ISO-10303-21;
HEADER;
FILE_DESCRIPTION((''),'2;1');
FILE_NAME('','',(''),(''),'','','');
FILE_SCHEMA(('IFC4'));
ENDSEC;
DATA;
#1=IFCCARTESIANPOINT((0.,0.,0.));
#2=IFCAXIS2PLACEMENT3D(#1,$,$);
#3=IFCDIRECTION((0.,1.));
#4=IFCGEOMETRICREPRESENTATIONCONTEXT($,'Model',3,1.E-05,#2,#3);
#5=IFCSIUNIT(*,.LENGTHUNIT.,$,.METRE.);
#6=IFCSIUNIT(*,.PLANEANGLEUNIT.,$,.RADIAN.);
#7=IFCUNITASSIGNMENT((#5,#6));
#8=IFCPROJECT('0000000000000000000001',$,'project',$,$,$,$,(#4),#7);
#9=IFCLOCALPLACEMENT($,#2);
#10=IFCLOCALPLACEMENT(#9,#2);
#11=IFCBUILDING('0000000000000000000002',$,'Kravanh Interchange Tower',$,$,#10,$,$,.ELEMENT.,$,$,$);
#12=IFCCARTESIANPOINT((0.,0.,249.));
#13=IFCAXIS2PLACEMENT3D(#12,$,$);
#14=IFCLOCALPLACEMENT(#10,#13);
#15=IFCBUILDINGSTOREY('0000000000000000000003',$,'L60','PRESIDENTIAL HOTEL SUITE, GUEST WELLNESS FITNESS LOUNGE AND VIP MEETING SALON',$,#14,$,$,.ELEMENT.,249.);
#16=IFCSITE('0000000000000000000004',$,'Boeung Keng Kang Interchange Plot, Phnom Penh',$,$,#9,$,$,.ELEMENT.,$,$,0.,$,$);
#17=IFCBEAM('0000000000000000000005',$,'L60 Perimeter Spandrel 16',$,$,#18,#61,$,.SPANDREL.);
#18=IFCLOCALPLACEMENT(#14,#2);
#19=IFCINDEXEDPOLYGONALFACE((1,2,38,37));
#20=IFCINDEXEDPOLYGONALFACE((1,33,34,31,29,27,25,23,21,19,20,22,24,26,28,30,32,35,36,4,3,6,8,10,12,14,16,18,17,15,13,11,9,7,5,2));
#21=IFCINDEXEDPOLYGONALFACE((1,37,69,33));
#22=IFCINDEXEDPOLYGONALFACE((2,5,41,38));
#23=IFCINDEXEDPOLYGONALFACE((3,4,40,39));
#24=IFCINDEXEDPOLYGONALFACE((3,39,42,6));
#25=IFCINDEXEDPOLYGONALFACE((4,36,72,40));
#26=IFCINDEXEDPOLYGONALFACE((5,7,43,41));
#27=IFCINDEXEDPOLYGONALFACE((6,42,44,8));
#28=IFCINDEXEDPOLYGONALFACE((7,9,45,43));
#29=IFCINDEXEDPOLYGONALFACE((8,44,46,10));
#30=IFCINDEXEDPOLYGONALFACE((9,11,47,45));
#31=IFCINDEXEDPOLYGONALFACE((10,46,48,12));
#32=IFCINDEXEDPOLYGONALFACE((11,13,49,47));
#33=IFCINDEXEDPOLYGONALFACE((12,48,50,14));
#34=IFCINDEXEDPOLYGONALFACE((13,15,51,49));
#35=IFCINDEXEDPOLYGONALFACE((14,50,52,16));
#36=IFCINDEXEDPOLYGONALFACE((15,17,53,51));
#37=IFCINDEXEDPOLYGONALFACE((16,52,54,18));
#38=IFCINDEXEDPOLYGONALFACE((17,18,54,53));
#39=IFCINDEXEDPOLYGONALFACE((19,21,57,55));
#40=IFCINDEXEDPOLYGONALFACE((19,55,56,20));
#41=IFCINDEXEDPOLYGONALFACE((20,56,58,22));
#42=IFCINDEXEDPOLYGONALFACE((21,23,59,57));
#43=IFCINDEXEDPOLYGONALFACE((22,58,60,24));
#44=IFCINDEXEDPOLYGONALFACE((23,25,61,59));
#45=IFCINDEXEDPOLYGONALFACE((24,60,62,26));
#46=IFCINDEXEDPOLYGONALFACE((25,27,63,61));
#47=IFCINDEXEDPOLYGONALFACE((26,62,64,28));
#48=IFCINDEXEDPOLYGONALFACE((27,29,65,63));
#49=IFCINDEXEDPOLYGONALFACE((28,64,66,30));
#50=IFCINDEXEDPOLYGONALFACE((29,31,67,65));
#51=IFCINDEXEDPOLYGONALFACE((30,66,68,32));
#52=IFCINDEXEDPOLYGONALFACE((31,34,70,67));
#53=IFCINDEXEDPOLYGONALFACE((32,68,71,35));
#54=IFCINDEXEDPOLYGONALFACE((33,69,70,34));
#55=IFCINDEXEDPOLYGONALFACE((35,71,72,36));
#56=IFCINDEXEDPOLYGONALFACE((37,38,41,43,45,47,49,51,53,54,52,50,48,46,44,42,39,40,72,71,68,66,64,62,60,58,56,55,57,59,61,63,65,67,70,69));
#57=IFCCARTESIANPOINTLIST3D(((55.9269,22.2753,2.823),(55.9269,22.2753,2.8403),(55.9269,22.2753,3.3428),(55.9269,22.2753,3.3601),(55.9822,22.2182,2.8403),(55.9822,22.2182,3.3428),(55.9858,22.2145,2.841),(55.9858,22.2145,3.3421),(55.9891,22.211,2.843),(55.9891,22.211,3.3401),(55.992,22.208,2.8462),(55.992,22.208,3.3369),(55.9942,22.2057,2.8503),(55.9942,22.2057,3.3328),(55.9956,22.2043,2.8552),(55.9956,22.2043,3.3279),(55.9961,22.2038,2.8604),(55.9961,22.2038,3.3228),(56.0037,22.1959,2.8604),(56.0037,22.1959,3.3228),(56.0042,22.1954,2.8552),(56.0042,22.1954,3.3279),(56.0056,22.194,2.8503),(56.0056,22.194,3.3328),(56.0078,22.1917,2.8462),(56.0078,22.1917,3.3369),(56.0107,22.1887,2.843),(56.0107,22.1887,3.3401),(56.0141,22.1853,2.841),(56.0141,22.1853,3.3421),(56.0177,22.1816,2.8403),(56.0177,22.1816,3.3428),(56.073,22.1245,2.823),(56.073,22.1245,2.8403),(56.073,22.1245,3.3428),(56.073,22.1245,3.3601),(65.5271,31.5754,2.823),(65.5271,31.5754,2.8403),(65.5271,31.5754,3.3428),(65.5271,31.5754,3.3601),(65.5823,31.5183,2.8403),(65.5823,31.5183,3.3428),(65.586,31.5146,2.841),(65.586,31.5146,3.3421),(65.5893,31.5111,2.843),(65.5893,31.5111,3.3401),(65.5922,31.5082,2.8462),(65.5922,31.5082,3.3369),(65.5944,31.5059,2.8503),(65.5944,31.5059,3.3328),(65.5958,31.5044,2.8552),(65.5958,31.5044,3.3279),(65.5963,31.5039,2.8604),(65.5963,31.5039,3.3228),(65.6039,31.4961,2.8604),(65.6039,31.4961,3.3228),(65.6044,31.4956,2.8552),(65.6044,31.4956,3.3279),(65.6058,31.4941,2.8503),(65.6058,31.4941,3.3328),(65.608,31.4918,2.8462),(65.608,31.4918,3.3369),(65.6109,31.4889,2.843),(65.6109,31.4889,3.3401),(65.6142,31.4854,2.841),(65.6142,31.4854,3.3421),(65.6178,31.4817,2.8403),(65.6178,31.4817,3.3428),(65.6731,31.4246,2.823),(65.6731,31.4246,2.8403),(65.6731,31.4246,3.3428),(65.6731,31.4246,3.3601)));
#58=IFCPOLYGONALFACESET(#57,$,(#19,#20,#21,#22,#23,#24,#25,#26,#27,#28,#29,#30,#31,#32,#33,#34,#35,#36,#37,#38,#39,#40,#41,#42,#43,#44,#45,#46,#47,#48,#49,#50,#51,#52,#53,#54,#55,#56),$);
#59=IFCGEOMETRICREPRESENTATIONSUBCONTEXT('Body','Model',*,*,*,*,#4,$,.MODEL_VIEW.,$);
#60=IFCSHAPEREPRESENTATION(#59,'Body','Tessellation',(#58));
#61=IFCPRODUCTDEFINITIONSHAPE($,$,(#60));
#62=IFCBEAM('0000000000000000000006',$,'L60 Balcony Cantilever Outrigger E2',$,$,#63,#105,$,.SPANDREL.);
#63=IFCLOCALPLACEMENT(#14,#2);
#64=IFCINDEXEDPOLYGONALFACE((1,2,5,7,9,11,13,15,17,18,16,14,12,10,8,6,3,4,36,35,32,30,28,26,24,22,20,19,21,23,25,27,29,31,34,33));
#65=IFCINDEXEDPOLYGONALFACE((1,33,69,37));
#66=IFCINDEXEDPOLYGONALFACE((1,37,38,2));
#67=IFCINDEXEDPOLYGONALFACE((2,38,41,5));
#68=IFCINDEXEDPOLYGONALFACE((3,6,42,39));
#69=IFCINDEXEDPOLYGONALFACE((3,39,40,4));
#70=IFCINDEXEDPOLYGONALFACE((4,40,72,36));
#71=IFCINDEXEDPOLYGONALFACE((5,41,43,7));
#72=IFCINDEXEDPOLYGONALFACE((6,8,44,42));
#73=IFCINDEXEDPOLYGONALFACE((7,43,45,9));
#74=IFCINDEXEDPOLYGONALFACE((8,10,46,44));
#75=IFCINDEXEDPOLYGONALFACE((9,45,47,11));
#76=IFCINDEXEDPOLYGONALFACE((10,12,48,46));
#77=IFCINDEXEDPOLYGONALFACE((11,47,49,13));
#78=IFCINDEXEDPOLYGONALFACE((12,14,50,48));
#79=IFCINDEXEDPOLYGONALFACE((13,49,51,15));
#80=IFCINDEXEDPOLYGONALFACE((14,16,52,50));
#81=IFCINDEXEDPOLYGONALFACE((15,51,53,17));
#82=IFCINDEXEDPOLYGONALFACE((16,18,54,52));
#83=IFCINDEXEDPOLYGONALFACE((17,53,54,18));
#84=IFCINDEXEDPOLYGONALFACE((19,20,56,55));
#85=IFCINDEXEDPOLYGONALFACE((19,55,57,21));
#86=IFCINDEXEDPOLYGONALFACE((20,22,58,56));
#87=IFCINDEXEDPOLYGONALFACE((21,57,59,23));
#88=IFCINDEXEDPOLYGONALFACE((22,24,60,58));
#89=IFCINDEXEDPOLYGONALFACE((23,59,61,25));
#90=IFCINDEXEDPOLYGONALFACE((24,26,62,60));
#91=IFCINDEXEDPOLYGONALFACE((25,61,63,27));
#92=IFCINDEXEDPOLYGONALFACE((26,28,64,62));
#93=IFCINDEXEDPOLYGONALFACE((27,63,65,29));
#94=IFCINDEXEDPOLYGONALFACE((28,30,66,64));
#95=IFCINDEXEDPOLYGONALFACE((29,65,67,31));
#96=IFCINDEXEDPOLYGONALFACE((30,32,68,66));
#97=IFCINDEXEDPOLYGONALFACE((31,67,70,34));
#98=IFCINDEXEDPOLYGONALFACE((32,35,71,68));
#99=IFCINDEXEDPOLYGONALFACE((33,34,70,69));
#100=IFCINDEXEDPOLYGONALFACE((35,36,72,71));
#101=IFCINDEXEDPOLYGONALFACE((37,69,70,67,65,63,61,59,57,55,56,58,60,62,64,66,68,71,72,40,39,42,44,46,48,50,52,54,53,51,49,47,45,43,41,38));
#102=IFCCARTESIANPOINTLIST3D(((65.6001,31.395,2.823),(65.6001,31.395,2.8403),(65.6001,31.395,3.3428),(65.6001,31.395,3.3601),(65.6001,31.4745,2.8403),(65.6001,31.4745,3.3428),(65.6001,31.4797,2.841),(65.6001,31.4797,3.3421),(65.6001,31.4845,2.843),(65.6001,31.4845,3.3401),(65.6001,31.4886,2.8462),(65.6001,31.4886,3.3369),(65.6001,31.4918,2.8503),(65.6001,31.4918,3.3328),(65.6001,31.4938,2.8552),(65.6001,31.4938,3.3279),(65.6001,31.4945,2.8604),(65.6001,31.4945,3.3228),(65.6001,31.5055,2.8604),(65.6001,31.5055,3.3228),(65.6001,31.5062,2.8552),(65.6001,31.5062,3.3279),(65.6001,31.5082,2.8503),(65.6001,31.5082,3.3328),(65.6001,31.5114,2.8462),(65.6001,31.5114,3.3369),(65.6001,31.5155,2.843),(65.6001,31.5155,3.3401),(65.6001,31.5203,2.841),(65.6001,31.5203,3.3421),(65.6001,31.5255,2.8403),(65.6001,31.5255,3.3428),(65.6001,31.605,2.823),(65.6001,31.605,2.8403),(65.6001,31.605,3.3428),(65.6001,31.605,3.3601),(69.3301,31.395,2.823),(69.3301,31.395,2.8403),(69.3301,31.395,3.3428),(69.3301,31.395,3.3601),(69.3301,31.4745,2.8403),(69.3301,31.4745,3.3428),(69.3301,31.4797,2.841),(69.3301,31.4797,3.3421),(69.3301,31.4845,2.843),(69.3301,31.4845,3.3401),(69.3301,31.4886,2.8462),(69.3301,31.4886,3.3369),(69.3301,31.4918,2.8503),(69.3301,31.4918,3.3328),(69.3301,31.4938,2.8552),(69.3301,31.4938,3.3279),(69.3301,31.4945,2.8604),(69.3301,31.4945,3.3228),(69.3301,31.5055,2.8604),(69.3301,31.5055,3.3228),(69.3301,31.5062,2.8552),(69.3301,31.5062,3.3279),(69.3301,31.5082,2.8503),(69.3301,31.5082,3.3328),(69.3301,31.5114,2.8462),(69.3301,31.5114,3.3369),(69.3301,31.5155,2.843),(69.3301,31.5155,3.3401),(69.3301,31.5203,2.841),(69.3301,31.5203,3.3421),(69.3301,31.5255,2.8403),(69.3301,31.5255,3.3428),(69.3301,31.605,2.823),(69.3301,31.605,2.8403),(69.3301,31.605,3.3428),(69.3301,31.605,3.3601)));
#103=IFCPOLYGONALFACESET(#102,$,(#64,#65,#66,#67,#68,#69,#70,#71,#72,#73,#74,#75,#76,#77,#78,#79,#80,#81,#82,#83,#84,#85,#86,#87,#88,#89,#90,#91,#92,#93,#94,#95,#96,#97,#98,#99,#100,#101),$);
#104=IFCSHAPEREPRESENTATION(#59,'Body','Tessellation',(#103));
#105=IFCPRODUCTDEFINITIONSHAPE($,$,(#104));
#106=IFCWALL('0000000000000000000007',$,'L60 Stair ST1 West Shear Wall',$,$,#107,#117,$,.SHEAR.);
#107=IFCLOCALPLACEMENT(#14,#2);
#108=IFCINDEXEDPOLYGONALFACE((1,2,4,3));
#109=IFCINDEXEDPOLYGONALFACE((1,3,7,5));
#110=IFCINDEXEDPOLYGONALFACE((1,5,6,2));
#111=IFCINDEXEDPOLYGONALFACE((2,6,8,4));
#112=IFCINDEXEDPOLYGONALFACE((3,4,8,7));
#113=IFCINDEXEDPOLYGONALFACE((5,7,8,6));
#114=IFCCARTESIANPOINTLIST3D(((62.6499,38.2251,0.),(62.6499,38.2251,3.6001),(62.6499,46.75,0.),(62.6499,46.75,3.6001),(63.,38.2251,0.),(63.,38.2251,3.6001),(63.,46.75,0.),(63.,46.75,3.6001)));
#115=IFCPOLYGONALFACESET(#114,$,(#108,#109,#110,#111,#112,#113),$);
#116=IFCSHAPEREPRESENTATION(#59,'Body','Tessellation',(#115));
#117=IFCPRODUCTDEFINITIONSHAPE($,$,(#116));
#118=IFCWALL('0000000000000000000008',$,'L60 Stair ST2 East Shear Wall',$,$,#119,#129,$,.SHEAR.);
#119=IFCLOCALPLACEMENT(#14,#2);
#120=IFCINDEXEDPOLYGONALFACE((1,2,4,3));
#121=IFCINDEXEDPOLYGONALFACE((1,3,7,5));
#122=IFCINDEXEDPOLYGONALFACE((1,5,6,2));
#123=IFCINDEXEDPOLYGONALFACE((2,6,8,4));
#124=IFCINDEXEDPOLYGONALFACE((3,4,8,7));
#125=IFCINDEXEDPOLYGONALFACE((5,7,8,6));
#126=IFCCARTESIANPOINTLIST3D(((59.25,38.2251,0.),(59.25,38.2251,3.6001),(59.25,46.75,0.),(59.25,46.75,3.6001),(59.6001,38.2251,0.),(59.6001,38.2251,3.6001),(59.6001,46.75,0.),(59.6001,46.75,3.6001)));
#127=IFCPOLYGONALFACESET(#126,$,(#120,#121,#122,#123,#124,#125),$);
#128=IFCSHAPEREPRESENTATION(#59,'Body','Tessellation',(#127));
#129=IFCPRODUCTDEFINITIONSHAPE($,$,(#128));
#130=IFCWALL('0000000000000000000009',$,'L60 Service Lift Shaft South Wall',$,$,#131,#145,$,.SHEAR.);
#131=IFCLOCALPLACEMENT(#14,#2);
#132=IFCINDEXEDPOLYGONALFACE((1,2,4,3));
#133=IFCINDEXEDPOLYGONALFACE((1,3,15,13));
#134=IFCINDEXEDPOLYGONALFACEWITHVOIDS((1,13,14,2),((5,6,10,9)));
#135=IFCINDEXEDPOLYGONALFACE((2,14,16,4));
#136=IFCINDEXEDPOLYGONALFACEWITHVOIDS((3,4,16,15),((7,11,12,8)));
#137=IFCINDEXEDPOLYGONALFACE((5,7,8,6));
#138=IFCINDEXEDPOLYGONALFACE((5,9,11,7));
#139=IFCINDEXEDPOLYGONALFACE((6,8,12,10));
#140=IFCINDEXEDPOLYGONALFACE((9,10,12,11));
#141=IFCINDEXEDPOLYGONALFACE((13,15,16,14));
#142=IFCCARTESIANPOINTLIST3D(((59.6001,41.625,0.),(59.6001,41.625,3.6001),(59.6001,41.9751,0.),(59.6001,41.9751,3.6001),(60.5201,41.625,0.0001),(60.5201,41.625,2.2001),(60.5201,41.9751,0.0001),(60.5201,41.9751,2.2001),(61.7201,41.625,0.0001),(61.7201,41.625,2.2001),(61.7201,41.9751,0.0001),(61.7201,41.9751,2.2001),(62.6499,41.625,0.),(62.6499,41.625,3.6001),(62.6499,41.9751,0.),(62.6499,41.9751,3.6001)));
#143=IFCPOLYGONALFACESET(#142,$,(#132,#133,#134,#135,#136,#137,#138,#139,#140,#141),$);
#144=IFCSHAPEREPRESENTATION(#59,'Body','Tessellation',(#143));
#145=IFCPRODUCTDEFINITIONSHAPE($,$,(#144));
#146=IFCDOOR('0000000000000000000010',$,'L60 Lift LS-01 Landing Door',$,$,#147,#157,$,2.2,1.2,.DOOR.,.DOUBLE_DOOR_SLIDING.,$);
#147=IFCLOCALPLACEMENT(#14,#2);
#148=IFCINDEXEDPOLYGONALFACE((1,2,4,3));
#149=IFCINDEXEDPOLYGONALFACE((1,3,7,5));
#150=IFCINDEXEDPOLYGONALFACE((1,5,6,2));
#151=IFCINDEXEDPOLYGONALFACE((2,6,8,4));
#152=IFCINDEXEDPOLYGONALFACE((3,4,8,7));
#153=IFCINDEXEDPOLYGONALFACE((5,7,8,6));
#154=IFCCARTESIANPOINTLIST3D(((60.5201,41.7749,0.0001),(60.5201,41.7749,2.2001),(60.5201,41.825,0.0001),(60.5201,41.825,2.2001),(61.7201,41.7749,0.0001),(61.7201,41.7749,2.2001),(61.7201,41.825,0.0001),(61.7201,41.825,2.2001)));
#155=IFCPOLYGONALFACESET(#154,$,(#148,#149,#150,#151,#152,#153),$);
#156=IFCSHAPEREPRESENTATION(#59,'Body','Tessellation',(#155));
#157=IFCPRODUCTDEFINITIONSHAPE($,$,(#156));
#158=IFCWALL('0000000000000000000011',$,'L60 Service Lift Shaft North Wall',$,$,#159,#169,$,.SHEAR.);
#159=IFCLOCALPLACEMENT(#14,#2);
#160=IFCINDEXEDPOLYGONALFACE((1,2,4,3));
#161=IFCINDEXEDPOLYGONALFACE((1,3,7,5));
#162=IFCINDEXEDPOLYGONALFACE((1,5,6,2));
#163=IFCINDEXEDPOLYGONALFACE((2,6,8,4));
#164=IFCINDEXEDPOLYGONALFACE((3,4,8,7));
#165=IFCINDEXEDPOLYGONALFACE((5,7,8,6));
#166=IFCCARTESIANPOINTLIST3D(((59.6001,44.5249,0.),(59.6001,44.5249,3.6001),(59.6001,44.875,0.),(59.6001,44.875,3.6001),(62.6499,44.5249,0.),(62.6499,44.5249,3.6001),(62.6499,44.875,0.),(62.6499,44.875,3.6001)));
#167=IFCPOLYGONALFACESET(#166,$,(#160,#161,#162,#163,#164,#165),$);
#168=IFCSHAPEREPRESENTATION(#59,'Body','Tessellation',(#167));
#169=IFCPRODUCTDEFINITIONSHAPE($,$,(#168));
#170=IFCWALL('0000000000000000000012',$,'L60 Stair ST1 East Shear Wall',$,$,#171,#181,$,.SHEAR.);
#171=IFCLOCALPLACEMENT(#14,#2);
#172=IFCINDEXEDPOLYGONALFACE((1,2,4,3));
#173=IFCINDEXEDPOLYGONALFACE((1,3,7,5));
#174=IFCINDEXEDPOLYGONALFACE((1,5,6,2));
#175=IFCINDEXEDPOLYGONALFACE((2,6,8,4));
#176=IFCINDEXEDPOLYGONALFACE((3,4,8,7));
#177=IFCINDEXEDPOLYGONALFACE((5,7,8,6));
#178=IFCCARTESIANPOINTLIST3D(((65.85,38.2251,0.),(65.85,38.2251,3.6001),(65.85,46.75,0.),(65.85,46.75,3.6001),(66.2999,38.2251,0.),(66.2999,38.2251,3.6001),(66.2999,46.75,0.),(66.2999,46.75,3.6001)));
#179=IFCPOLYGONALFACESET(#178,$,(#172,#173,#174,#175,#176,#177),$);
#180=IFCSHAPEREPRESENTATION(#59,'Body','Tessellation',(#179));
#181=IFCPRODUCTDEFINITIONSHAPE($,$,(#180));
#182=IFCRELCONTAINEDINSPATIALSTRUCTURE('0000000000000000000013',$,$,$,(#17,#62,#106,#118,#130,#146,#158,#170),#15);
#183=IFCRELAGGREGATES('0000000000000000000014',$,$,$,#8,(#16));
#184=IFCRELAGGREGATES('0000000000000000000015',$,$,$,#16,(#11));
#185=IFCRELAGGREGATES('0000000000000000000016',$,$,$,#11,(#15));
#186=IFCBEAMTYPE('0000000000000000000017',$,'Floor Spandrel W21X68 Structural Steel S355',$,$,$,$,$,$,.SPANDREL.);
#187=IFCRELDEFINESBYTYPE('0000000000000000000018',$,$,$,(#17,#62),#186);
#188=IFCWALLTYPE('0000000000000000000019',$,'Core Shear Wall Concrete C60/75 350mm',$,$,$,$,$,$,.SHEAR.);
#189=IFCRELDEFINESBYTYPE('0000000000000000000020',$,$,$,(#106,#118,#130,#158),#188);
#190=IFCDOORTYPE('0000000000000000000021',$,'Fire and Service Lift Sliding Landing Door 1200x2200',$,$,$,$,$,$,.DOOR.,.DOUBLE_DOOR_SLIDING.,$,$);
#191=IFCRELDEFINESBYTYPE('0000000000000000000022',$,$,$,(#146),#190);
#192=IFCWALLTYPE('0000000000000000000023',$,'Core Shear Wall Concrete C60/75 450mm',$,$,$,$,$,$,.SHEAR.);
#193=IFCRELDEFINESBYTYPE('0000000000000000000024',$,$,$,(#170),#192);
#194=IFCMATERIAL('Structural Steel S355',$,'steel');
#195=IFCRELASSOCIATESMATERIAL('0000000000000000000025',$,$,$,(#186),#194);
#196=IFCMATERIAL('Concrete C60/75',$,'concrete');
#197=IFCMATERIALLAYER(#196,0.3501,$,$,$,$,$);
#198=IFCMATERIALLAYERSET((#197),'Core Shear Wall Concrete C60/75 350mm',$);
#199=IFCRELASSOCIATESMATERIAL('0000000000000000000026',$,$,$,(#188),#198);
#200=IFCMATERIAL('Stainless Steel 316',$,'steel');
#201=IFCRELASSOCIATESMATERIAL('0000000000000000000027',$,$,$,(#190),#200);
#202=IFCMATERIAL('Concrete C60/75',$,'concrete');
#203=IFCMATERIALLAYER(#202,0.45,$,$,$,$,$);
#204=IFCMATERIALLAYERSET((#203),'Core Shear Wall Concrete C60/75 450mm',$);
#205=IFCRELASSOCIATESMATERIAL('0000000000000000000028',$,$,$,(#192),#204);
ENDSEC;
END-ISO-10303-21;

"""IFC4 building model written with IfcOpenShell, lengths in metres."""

from ifc_helpers import new_model, si_unit, direction, frame, frame_2d, origin, origin_2d, place, context, subcontext, project, spatial, rectangle, i_section, extrude, material, layer, layer_set, material_profile, profile_set, type_object, element, fill, save


model = new_model("IFC4")

# Units and contexts
model_context = context("Model", 3, precision=1e-05, world=origin(), true_north=direction((0.0, 1.0)))
body_context = subcontext(model_context, "Body", "Model", "MODEL_VIEW")
ifc_project = project(units=[si_unit("LENGTHUNIT", "METRE"), si_unit("PLANEANGLEUNIT", "RADIAN")], contexts=[model_context])

# Site, building, storey
site_placement = place(None, origin())
site = spatial("IfcSite", under=ifc_project, at=site_placement, Name="Boeung Keng Kang Interchange Plot, Phnom Penh", CompositionType="ELEMENT", RefElevation=0.0)
building_placement = place(site_placement, origin())
building = spatial("IfcBuilding", under=site, at=building_placement, Name="Kravanh Interchange Tower", CompositionType="ELEMENT")
storey_placement = place(building_placement, frame((0.0, 0.0, 249.0)))
storey = spatial("IfcBuildingStorey", under=building, at=storey_placement, Name="L60", Description="PRESIDENTIAL HOTEL SUITE, GUEST WELLNESS FITNESS LOUNGE AND VIP MEETING SALON", CompositionType="ELEMENT", Elevation=249.0)

# Beams
ifc_material_1 = material(Name="Structural Steel S355", Category="steel")
ifc_material_profile_1 = material_profile(ifc_material_1, i_section(OverallWidth=0.21, OverallDepth=0.5371, WebThickness=0.011, FlangeThickness=0.0173, FilletRadius=0.02, at=origin_2d()), Name="W21X68")
ifc_profile_set_1 = profile_set([ifc_material_profile_1], Name="Structural Steel S355")
beam_type_1 = type_object("IfcBeamType", Name="Floor Spandrel W21X68 Structural Steel S355", PredefinedType="SPANDREL", material=ifc_profile_set_1)
beam_1_placement = place(storey_placement, frame((65.6001, 31.5, 3.0916), z_axis=(-0.718242, -0.695793, 0.0), x_axis=(0.695793, -0.718242, 0.0)))
element("IfcBeam", 1, at=beam_1_placement, inside=storey, type_object=beam_type_1, Name="L60 Perimeter Spandrel 16", PredefinedType="SPANDREL", context=body_context, shape_type="SweptSolid", body=[
    extrude(i_section(OverallWidth=0.21, OverallDepth=0.5371, WebThickness=0.011, FlangeThickness=0.0173, FilletRadius=0.02, at=origin_2d()), origin(), (0.0, 0.0, 1.0), 13.3662),
])
beam_2_placement = place(storey_placement, frame((65.6001, 31.5, 3.0916), z_axis=(1.0, 0.0, 0.0), x_axis=(0.0, 1.0, 0.0)))
element("IfcBeam", 2, at=beam_2_placement, inside=storey, type_object=beam_type_1, Name="L60 Balcony Cantilever Outrigger E2", PredefinedType="SPANDREL", context=body_context, shape_type="SweptSolid", body=[
    extrude(i_section(OverallWidth=0.21, OverallDepth=0.5371, WebThickness=0.011, FlangeThickness=0.0173, FilletRadius=0.02, at=origin_2d()), origin(), (0.0, 0.0, 1.0), 3.73),
])

# Walls
ifc_material_2 = material(Name="Concrete C60/75", Category="concrete")
ifc_layer_1 = layer(ifc_material_2, 0.3501)
ifc_layer_set_1 = layer_set([ifc_layer_1], Name="Core Shear Wall Concrete C60/75 350mm")
wall_type_1 = type_object("IfcWallType", Name="Core Shear Wall Concrete C60/75 350mm", PredefinedType="SHEAR", material=ifc_layer_set_1)
for number, where, z_axis, x_axis, name in (
    (3, (62.825, 38.2251, 0.0), (0.0, 0.0, 1.0), (0.0, 1.0, 0.0), "L60 Stair ST1 West Shear Wall"),
    (4, (59.425, 38.2251, 0.0), (0.0, 0.0, 1.0), (0.0, 1.0, 0.0), "L60 Stair ST2 East Shear Wall"),
):
    element("IfcWall", number, at=place(storey_placement, frame(where, z_axis=z_axis, x_axis=x_axis)), inside=storey, type_object=wall_type_1, Name=name, PredefinedType="SHEAR", context=body_context, shape_type="SweptSolid", body=[
        extrude(rectangle(XDim=8.5249, YDim=0.3501, at=frame_2d((4.2625, 0.0))), origin(), (0.0, 0.0, 1.0), 3.6001),
    ])

# Wall, opening, door
wall_1_placement = place(storey_placement, frame((59.6001, 41.8, 0.0), z_axis=(0.0, 0.0, 1.0), x_axis=(1.0, 0.0, 0.0)))
wall_1 = element("IfcWall", 5, at=wall_1_placement, inside=storey, type_object=wall_type_1, Name="L60 Service Lift Shaft South Wall", PredefinedType="SHEAR", context=body_context, shape_type="SweptSolid", body=[
    extrude(rectangle(XDim=3.0498, YDim=0.3501, at=frame_2d((1.5249, 0.0))), origin(), (0.0, 0.0, 1.0), 3.6001),
])
opening_1_placement = place(wall_1_placement, frame((0.9199, 0.0, 0.0)))
opening_1 = element("IfcOpeningElement", 6, at=opening_1_placement, cuts=wall_1, PredefinedType="OPENING", context=body_context, shape_type="SweptSolid", body=[
    extrude(rectangle(XDim=1.2, YDim=2.2, at=frame_2d((0.6001, 1.1001))), frame((0.0, 0.1851, 0.0), z_axis=(0.0, -1.0, 0.0), x_axis=(1.0, 0.0, 0.0)), (0.0, 0.0, 1.0), 0.3701),
])
ifc_material_3 = material(Name="Stainless Steel 316", Category="steel")
door_type_1 = type_object("IfcDoorType", Name="Fire and Service Lift Sliding Landing Door 1200x2200", OperationType="DOUBLE_DOOR_SLIDING", PredefinedType="DOOR", material=ifc_material_3)
door_1_placement = place(opening_1_placement, origin())
door_1 = element("IfcDoor", 7, at=door_1_placement, inside=storey, type_object=door_type_1, Name="L60 Lift LS-01 Landing Door", OperationType="DOUBLE_DOOR_SLIDING", OverallHeight=2.2, OverallWidth=1.2, PredefinedType="DOOR", context=body_context, shape_type="SweptSolid", body=[
    extrude(rectangle(XDim=1.2, YDim=2.2, at=frame_2d((0.6001, 1.1001))), frame((0.0, 0.0249, 0.0), z_axis=(0.0, -1.0, 0.0), x_axis=(1.0, 0.0, 0.0)), (0.0, 0.0, 1.0), 0.05),
])
fill(opening_1, door_1)

# Walls
wall_2_placement = place(storey_placement, frame((59.6001, 44.7, 0.0), z_axis=(0.0, 0.0, 1.0), x_axis=(1.0, 0.0, 0.0)))
element("IfcWall", 8, at=wall_2_placement, inside=storey, type_object=wall_type_1, Name="L60 Service Lift Shaft North Wall", PredefinedType="SHEAR", context=body_context, shape_type="SweptSolid", body=[
    extrude(rectangle(XDim=3.0498, YDim=0.3501, at=frame_2d((1.5249, 0.0))), origin(), (0.0, 0.0, 1.0), 3.6001),
])
ifc_material_4 = material(Name="Concrete C60/75", Category="concrete")
ifc_layer_2 = layer(ifc_material_4, 0.45)
ifc_layer_set_2 = layer_set([ifc_layer_2], Name="Core Shear Wall Concrete C60/75 450mm")
wall_type_2 = type_object("IfcWallType", Name="Core Shear Wall Concrete C60/75 450mm", PredefinedType="SHEAR", material=ifc_layer_set_2)
wall_3_placement = place(storey_placement, frame((66.075, 38.2251, 0.0), z_axis=(0.0, 0.0, 1.0), x_axis=(0.0, 1.0, 0.0)))
element("IfcWall", 9, at=wall_3_placement, inside=storey, type_object=wall_type_2, Name="L60 Stair ST1 East Shear Wall", PredefinedType="SHEAR", context=body_context, shape_type="SweptSolid", body=[
    extrude(rectangle(XDim=8.5249, YDim=0.45, at=frame_2d((4.2625, 0.0))), origin(), (0.0, 0.0, 1.0), 3.6001),
])

save(model, "model.ifc")
